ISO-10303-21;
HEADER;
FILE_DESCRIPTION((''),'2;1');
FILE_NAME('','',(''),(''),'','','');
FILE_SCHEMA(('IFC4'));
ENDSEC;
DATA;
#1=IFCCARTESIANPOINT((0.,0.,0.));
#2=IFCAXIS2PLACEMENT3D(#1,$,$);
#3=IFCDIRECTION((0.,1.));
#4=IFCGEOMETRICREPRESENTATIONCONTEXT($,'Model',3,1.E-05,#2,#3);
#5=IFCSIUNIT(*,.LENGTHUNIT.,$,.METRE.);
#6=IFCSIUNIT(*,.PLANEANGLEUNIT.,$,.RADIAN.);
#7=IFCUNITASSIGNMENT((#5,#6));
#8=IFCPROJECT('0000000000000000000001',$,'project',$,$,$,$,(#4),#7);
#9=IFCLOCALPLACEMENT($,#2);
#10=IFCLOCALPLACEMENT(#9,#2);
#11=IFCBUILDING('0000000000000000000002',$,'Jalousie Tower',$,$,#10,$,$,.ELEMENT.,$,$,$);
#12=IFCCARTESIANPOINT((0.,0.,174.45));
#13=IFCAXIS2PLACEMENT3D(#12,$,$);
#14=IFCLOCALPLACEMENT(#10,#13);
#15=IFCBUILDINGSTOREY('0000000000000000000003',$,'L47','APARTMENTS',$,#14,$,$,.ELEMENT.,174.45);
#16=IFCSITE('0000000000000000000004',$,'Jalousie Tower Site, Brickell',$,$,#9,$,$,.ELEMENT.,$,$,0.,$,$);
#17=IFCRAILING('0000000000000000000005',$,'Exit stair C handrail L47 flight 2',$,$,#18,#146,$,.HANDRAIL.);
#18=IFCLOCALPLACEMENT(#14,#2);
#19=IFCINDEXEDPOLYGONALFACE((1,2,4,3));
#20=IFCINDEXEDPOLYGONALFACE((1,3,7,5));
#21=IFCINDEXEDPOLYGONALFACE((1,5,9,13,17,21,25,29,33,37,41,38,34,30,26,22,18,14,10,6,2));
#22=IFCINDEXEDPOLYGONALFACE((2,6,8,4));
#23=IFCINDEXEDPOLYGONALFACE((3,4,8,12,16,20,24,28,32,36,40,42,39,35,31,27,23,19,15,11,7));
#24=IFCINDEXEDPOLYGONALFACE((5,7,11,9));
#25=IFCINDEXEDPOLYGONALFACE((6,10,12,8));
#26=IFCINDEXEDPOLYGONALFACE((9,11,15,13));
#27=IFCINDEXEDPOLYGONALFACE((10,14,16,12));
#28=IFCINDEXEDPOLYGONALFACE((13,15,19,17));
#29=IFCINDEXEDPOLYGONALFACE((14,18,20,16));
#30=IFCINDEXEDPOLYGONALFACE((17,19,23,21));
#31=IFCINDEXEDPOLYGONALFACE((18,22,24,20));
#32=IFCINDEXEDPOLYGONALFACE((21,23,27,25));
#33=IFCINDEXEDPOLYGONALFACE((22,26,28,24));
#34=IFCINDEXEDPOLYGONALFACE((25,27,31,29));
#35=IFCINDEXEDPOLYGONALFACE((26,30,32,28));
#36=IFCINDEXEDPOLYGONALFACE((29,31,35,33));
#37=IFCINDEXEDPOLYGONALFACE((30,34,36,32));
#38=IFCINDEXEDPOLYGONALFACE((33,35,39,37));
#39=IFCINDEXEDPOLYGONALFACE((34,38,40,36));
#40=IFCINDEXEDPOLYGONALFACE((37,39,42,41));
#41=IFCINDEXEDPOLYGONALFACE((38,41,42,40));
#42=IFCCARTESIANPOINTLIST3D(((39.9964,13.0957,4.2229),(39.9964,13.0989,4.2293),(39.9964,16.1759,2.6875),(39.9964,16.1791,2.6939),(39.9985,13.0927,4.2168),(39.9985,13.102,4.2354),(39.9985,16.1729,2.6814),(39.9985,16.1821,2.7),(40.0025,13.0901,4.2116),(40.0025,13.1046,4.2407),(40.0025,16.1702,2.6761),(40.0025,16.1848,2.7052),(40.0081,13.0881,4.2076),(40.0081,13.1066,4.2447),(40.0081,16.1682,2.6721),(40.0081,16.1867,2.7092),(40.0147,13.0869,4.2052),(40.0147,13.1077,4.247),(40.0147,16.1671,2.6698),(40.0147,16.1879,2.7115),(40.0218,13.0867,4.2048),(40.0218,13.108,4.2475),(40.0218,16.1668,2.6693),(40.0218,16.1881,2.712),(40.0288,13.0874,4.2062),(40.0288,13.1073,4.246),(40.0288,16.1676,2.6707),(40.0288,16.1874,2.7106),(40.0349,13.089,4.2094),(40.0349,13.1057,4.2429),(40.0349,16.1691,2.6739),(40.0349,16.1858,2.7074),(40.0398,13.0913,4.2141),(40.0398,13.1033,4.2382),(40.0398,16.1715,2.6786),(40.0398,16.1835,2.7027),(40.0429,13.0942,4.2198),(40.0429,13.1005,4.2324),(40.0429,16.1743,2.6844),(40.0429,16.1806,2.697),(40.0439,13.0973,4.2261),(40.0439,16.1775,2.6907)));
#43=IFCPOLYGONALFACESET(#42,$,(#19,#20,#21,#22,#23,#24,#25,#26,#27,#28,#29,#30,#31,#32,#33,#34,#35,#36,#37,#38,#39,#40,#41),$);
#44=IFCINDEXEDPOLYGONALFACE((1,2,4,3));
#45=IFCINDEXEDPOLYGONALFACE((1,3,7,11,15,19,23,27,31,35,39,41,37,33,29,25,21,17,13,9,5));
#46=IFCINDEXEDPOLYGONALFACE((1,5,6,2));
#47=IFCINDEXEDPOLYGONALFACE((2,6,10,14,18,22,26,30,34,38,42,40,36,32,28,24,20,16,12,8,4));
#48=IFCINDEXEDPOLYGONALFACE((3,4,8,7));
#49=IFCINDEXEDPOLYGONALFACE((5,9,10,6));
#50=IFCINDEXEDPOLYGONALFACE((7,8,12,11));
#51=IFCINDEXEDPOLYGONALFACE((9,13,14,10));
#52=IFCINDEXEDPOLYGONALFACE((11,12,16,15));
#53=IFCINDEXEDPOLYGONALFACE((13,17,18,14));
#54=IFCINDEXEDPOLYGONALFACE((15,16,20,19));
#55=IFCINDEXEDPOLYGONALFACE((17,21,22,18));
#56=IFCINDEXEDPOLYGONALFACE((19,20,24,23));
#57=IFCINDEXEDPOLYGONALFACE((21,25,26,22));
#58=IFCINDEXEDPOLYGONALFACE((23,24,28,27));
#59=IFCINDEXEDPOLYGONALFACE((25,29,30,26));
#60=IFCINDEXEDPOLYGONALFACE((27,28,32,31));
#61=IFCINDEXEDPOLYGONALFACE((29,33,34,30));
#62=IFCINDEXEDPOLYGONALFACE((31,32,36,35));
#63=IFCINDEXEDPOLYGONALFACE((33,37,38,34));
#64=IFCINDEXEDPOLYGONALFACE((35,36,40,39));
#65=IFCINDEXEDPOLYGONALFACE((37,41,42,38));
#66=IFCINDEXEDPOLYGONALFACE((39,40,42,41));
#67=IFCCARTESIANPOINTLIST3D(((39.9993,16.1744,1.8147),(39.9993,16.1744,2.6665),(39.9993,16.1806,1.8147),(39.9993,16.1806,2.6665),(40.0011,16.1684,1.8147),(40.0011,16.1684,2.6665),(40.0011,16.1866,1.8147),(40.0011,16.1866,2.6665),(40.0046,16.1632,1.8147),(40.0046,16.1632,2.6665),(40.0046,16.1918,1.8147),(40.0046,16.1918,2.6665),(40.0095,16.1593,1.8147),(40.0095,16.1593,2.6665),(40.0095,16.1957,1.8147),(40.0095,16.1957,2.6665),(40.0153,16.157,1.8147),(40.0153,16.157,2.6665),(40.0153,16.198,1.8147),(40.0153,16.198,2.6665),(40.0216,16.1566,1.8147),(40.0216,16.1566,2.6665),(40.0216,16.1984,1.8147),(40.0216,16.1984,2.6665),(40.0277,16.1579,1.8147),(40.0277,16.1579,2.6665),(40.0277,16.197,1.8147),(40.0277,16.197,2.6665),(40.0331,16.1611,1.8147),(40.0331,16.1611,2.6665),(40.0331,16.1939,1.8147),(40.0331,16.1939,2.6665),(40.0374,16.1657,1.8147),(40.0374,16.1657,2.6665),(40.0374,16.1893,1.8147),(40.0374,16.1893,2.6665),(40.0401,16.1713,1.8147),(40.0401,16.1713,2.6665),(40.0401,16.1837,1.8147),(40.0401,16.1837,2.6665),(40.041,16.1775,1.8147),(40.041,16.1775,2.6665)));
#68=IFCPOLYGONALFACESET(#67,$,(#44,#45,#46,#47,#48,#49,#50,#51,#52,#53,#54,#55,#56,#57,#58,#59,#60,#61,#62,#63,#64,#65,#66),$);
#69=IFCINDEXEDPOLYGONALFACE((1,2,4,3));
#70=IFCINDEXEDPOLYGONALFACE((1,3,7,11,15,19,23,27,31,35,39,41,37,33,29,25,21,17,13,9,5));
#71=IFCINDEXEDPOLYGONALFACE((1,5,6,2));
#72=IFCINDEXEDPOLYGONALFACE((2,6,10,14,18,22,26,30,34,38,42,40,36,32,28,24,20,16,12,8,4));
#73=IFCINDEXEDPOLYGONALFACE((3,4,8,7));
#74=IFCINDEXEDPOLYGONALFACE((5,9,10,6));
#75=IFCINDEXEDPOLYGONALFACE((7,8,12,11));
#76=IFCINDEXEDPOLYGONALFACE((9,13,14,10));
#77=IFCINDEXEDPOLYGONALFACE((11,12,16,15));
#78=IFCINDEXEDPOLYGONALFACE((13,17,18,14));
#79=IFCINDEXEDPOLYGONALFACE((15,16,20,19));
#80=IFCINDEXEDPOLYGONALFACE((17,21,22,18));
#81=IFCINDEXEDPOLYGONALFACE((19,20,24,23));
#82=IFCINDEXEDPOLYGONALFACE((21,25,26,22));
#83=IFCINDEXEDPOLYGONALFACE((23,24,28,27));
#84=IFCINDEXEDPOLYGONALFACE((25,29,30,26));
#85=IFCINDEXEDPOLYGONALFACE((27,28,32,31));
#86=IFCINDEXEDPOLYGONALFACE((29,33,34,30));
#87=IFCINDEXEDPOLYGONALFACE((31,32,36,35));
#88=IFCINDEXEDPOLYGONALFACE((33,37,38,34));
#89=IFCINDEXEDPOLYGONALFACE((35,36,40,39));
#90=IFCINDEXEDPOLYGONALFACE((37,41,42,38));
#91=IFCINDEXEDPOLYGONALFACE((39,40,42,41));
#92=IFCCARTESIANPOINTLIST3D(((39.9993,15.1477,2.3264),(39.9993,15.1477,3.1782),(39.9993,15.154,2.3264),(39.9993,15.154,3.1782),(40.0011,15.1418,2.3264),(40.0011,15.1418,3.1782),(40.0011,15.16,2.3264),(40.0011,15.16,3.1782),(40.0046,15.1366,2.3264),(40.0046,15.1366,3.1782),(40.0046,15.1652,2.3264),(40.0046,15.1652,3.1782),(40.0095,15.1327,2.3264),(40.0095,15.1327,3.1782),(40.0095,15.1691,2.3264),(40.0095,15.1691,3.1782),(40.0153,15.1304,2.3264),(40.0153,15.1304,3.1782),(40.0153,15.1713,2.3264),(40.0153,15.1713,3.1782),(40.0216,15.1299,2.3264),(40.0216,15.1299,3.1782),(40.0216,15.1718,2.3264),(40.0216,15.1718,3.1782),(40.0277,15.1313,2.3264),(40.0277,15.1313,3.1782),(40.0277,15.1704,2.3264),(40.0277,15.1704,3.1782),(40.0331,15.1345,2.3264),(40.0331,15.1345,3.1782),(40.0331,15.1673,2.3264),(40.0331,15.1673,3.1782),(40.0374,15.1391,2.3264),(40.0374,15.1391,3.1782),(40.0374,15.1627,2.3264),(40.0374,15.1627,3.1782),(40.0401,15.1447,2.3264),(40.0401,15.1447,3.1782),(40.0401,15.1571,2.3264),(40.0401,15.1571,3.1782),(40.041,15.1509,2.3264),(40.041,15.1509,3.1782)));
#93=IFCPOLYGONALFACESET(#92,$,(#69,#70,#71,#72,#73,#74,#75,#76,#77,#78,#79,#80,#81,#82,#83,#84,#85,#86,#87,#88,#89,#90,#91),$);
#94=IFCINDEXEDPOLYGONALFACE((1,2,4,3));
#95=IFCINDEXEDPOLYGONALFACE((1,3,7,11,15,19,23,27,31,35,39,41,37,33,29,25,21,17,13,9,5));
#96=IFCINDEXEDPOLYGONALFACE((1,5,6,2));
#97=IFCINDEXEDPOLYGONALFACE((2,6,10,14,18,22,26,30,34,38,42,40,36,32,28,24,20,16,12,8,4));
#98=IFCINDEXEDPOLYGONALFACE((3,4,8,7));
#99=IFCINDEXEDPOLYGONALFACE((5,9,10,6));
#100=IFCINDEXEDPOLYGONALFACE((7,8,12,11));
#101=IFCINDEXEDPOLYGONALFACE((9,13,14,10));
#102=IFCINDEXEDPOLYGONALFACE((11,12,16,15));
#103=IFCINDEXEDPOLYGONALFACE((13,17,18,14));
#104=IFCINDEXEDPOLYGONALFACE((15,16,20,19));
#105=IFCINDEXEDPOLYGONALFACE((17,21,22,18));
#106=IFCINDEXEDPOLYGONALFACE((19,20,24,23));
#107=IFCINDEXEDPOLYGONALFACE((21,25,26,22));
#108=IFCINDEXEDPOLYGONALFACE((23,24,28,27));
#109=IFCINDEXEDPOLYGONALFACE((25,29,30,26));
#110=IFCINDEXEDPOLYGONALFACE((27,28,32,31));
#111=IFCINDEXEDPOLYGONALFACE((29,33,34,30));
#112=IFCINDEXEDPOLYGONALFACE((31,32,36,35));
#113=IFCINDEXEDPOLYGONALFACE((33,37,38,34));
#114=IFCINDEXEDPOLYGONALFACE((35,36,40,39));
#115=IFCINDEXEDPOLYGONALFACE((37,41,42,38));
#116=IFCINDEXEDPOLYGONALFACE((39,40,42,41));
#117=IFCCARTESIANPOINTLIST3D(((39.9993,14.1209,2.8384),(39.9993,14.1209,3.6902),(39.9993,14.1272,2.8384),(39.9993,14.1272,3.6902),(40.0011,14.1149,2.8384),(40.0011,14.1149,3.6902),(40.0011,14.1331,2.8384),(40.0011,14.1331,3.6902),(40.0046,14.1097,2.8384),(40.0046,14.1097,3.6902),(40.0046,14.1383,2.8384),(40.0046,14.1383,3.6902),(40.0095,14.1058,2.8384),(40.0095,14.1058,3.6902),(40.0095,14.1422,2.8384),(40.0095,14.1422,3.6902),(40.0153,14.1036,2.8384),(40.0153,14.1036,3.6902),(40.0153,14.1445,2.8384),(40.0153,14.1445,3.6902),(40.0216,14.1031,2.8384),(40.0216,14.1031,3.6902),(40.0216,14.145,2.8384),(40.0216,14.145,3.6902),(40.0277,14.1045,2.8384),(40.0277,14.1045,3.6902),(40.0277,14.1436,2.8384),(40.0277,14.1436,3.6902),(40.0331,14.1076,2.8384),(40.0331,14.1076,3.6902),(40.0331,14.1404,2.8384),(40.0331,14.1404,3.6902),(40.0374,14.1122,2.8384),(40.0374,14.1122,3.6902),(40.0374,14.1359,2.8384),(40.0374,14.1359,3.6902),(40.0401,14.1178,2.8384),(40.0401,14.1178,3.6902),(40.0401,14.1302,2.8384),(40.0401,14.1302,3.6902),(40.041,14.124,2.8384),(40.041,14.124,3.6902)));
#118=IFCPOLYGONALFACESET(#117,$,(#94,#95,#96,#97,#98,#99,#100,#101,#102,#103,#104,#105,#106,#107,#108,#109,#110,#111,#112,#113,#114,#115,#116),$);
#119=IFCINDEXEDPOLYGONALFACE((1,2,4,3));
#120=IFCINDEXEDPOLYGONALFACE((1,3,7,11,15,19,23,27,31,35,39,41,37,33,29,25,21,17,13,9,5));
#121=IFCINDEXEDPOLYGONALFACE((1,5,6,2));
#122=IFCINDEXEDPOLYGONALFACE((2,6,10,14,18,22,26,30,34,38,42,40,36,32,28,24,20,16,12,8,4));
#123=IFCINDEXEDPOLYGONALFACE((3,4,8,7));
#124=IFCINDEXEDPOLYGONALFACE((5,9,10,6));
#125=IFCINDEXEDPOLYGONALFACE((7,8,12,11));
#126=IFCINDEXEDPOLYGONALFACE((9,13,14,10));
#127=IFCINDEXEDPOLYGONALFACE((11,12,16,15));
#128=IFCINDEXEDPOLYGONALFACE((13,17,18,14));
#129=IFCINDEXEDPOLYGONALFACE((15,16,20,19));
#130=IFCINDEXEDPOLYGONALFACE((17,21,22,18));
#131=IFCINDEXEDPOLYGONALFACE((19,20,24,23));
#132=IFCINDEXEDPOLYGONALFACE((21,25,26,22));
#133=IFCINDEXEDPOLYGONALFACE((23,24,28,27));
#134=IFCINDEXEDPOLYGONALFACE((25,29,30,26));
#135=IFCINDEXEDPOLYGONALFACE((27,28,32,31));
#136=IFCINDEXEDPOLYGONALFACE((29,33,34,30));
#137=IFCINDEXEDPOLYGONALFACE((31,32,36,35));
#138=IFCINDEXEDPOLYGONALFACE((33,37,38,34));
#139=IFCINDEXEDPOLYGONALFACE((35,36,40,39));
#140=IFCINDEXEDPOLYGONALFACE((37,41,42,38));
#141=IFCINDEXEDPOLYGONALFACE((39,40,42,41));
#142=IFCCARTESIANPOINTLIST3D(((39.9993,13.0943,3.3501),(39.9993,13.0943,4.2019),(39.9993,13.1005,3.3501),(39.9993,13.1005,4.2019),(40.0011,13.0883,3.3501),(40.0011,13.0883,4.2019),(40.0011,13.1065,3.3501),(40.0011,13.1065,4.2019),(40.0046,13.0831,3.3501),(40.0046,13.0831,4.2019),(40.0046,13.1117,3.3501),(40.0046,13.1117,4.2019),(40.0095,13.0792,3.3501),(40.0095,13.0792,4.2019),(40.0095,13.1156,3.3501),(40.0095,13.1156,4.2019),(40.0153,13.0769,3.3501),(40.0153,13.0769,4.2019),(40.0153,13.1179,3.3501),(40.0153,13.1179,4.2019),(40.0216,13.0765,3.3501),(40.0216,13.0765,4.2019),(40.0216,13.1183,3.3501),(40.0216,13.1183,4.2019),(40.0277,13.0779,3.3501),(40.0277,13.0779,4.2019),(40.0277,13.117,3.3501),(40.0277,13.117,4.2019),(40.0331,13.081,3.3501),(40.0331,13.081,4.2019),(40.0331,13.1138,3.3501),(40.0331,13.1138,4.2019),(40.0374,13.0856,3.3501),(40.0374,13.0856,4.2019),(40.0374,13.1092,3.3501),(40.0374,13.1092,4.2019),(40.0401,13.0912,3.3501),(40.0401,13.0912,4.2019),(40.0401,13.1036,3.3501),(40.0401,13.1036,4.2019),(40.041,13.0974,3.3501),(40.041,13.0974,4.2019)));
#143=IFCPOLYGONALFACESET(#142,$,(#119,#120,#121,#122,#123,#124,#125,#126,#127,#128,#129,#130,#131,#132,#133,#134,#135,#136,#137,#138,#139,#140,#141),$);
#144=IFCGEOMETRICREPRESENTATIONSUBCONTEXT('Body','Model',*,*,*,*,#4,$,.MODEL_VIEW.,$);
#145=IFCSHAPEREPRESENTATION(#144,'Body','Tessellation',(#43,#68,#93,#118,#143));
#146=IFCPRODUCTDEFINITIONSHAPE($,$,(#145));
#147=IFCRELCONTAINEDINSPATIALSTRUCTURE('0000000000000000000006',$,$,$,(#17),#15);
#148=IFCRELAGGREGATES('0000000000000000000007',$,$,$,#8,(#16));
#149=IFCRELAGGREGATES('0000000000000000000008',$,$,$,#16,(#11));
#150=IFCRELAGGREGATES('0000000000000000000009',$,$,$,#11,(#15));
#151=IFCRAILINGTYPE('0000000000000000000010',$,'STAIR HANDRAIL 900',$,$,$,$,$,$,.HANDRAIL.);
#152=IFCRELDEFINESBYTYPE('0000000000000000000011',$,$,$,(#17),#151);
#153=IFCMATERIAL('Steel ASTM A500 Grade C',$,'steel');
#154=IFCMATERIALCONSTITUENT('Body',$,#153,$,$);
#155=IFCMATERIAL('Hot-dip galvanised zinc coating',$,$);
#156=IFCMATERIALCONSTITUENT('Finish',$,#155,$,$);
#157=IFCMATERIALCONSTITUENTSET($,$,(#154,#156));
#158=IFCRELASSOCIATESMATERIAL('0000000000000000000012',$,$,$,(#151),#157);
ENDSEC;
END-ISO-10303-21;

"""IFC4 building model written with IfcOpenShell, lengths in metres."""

from ifc_helpers import new_model, si_unit, direction, frame, origin, origin_2d, place, context, subcontext, project, spatial, circle, extrude, material, constituent, constituent_set, type_object, element, save


model = new_model("IFC4")

# Units and contexts
model_context = context("Model", 3, precision=1e-05, world=origin(), true_north=direction((0.0, 1.0)))
body_context = subcontext(model_context, "Body", "Model", "MODEL_VIEW")
ifc_project = project(units=[si_unit("LENGTHUNIT", "METRE"), si_unit("PLANEANGLEUNIT", "RADIAN")], contexts=[model_context])

# Site, building, storey
site_placement = place(None, origin())
site = spatial("IfcSite", under=ifc_project, at=site_placement, Name="Jalousie Tower Site, Brickell", CompositionType="ELEMENT", RefElevation=0.0)
building_placement = place(site_placement, origin())
building = spatial("IfcBuilding", under=site, at=building_placement, Name="Jalousie Tower", CompositionType="ELEMENT")
storey_placement = place(building_placement, frame((0.0, 0.0, 174.45)))
storey = spatial("IfcBuildingStorey", under=building, at=storey_placement, Name="L47", Description="APARTMENTS", CompositionType="ELEMENT", Elevation=174.45)

# Railing
ifc_material_1 = material(Name="Steel ASTM A500 Grade C", Category="steel")
ifc_constituent_1 = constituent(ifc_material_1, Name="Body")
ifc_material_2 = material(Name="Hot-dip galvanised zinc coating")
ifc_constituent_2 = constituent(ifc_material_2, Name="Finish")
ifc_constituent_set_1 = constituent_set(constituents=[ifc_constituent_1, ifc_constituent_2])
railing_type_1 = type_object("IfcRailingType", Name="STAIR HANDRAIL 900", PredefinedType="HANDRAIL", material=ifc_constituent_set_1)
railing_1_placement = place(storey_placement, frame((40.02, 16.1775, 1.8147)))
element("IfcRailing", 1, at=railing_1_placement, inside=storey, type_object=railing_type_1, Name="Exit stair C handrail L47 flight 2", PredefinedType="HANDRAIL", context=body_context, shape_type="SweptSolid", body=[
    extrude(circle(Radius=0.0239, at=origin_2d()), frame((0.0, 0.0, 0.876), z_axis=(0.0, -0.894966, 0.446135), x_axis=(1.0, 0.0, 0.0)), (0.0, 0.0, 1.0), 3.4417),
    extrude(circle(Radius=0.021, at=origin_2d()), origin(), (0.0, 0.0, 1.0), 0.8518),
    extrude(circle(Radius=0.021, at=origin_2d()), frame((0.0, -1.0266, 0.5117)), (0.0, 0.0, 1.0), 0.8518),
    extrude(circle(Radius=0.021, at=origin_2d()), frame((0.0, -2.0535, 1.0237)), (0.0, 0.0, 1.0), 0.8518),
    extrude(circle(Radius=0.021, at=origin_2d()), frame((0.0, -3.0801, 1.5354)), (0.0, 0.0, 1.0), 0.8518),
])

save(model, "model.ifc")
